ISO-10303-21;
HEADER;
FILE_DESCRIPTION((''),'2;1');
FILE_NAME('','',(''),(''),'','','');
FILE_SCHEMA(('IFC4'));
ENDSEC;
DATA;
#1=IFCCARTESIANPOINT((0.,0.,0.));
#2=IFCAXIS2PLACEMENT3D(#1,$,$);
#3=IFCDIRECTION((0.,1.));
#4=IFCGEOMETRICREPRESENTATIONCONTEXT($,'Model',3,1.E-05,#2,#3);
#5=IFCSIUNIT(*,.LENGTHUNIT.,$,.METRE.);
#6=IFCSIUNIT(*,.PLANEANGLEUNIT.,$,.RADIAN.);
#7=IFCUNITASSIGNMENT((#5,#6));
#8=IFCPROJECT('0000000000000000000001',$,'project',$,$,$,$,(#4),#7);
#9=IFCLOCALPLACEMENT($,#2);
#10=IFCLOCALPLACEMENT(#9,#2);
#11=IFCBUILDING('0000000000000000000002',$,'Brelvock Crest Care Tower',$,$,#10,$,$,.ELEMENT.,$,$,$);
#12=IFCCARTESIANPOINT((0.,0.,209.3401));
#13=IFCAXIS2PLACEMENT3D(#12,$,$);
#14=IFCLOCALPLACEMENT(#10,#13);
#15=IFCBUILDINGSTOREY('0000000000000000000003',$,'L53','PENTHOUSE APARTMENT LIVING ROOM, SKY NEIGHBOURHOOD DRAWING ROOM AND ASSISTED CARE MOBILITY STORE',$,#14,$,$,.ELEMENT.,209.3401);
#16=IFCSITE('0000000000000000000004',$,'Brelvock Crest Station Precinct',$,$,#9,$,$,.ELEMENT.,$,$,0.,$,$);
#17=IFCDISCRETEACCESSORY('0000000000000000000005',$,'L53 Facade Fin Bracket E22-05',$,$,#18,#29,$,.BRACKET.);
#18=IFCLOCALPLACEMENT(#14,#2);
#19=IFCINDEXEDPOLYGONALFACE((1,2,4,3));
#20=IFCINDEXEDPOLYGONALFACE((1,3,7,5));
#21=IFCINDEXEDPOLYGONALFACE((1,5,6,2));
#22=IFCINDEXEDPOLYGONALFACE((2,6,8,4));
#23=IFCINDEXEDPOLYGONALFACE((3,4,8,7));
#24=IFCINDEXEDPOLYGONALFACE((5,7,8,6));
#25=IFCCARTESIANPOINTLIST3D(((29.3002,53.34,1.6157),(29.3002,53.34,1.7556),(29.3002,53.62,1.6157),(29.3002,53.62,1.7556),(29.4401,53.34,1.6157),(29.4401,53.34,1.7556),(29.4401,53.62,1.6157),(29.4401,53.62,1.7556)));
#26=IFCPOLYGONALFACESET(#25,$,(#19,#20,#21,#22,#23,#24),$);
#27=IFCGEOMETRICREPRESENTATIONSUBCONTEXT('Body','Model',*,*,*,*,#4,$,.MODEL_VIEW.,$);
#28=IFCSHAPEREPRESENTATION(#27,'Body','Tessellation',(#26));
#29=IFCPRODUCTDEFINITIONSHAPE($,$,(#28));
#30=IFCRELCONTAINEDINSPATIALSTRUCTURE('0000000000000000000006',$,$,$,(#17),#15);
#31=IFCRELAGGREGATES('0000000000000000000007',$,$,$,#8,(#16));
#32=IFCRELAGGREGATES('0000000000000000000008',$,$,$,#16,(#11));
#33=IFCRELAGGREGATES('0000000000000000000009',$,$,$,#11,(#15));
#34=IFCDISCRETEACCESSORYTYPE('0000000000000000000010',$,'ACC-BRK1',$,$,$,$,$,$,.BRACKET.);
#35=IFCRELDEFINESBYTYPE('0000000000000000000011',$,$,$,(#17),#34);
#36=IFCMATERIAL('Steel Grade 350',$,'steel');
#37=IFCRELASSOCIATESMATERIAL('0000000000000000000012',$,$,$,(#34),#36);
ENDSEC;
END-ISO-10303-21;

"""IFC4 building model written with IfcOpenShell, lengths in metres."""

from ifc_helpers import new_model, si_unit, direction, frame, origin, origin_2d, place, context, subcontext, project, spatial, rectangle, extrude, source, transform, mapped, material, type_object, element, save


model = new_model("IFC4")

# Units and contexts
model_context = context("Model", 3, precision=1e-05, world=origin(), true_north=direction((0.0, 1.0)))
body_context = subcontext(model_context, "Body", "Model", "MODEL_VIEW")
ifc_project = project(units=[si_unit("LENGTHUNIT", "METRE"), si_unit("PLANEANGLEUNIT", "RADIAN")], contexts=[model_context])

# Site, building, storey
site_placement = place(None, origin())
site = spatial("IfcSite", under=ifc_project, at=site_placement, Name="Brelvock Crest Station Precinct", CompositionType="ELEMENT", RefElevation=0.0)
building_placement = place(site_placement, origin())
building = spatial("IfcBuilding", under=site, at=building_placement, Name="Brelvock Crest Care Tower", CompositionType="ELEMENT")
storey_placement = place(building_placement, frame((0.0, 0.0, 209.3401)))
storey = spatial("IfcBuildingStorey", under=building, at=storey_placement, Name="L53", Description="PENTHOUSE APARTMENT LIVING ROOM, SKY NEIGHBOURHOOD DRAWING ROOM AND ASSISTED CARE MOBILITY STORE", CompositionType="ELEMENT", Elevation=209.3401)

# Shared definitions
ifc_material_1 = material(Name="Steel Grade 350", Category="steel")

# Discrete accessory
discrete_accessory_type = type_object("IfcDiscreteAccessoryType", Name="ACC-BRK1", PredefinedType="BRACKET", material=ifc_material_1)
shared_shape_1 = source(origin(), body_context, "Body", "SweptSolid", [
    extrude(rectangle(XDim=0.28, YDim=0.1399, at=origin_2d()), origin(), (0.0, 0.0, 1.0), 0.1399),
])
discrete_accessory_placement = place(storey_placement, frame((29.3701, 53.48, 1.6157), z_axis=(0.0, 0.0, 1.0), x_axis=(0.0, 1.0, 0.0)))
element("IfcDiscreteAccessory", 1, at=discrete_accessory_placement, inside=storey, type_object=discrete_accessory_type, Name="L53 Facade Fin Bracket E22-05", PredefinedType="BRACKET", context=body_context, shape_type="MappedRepresentation", body=[
    mapped(shared_shape_1, transform((0.0, 0.0, 0.0), x_axis=(1.0, 0.0, 0.0), y_axis=(0.0, 1.0, 0.0), z_axis=(0.0, 0.0, 1.0), scale=1.0)),
])

save(model, "model.ifc")
